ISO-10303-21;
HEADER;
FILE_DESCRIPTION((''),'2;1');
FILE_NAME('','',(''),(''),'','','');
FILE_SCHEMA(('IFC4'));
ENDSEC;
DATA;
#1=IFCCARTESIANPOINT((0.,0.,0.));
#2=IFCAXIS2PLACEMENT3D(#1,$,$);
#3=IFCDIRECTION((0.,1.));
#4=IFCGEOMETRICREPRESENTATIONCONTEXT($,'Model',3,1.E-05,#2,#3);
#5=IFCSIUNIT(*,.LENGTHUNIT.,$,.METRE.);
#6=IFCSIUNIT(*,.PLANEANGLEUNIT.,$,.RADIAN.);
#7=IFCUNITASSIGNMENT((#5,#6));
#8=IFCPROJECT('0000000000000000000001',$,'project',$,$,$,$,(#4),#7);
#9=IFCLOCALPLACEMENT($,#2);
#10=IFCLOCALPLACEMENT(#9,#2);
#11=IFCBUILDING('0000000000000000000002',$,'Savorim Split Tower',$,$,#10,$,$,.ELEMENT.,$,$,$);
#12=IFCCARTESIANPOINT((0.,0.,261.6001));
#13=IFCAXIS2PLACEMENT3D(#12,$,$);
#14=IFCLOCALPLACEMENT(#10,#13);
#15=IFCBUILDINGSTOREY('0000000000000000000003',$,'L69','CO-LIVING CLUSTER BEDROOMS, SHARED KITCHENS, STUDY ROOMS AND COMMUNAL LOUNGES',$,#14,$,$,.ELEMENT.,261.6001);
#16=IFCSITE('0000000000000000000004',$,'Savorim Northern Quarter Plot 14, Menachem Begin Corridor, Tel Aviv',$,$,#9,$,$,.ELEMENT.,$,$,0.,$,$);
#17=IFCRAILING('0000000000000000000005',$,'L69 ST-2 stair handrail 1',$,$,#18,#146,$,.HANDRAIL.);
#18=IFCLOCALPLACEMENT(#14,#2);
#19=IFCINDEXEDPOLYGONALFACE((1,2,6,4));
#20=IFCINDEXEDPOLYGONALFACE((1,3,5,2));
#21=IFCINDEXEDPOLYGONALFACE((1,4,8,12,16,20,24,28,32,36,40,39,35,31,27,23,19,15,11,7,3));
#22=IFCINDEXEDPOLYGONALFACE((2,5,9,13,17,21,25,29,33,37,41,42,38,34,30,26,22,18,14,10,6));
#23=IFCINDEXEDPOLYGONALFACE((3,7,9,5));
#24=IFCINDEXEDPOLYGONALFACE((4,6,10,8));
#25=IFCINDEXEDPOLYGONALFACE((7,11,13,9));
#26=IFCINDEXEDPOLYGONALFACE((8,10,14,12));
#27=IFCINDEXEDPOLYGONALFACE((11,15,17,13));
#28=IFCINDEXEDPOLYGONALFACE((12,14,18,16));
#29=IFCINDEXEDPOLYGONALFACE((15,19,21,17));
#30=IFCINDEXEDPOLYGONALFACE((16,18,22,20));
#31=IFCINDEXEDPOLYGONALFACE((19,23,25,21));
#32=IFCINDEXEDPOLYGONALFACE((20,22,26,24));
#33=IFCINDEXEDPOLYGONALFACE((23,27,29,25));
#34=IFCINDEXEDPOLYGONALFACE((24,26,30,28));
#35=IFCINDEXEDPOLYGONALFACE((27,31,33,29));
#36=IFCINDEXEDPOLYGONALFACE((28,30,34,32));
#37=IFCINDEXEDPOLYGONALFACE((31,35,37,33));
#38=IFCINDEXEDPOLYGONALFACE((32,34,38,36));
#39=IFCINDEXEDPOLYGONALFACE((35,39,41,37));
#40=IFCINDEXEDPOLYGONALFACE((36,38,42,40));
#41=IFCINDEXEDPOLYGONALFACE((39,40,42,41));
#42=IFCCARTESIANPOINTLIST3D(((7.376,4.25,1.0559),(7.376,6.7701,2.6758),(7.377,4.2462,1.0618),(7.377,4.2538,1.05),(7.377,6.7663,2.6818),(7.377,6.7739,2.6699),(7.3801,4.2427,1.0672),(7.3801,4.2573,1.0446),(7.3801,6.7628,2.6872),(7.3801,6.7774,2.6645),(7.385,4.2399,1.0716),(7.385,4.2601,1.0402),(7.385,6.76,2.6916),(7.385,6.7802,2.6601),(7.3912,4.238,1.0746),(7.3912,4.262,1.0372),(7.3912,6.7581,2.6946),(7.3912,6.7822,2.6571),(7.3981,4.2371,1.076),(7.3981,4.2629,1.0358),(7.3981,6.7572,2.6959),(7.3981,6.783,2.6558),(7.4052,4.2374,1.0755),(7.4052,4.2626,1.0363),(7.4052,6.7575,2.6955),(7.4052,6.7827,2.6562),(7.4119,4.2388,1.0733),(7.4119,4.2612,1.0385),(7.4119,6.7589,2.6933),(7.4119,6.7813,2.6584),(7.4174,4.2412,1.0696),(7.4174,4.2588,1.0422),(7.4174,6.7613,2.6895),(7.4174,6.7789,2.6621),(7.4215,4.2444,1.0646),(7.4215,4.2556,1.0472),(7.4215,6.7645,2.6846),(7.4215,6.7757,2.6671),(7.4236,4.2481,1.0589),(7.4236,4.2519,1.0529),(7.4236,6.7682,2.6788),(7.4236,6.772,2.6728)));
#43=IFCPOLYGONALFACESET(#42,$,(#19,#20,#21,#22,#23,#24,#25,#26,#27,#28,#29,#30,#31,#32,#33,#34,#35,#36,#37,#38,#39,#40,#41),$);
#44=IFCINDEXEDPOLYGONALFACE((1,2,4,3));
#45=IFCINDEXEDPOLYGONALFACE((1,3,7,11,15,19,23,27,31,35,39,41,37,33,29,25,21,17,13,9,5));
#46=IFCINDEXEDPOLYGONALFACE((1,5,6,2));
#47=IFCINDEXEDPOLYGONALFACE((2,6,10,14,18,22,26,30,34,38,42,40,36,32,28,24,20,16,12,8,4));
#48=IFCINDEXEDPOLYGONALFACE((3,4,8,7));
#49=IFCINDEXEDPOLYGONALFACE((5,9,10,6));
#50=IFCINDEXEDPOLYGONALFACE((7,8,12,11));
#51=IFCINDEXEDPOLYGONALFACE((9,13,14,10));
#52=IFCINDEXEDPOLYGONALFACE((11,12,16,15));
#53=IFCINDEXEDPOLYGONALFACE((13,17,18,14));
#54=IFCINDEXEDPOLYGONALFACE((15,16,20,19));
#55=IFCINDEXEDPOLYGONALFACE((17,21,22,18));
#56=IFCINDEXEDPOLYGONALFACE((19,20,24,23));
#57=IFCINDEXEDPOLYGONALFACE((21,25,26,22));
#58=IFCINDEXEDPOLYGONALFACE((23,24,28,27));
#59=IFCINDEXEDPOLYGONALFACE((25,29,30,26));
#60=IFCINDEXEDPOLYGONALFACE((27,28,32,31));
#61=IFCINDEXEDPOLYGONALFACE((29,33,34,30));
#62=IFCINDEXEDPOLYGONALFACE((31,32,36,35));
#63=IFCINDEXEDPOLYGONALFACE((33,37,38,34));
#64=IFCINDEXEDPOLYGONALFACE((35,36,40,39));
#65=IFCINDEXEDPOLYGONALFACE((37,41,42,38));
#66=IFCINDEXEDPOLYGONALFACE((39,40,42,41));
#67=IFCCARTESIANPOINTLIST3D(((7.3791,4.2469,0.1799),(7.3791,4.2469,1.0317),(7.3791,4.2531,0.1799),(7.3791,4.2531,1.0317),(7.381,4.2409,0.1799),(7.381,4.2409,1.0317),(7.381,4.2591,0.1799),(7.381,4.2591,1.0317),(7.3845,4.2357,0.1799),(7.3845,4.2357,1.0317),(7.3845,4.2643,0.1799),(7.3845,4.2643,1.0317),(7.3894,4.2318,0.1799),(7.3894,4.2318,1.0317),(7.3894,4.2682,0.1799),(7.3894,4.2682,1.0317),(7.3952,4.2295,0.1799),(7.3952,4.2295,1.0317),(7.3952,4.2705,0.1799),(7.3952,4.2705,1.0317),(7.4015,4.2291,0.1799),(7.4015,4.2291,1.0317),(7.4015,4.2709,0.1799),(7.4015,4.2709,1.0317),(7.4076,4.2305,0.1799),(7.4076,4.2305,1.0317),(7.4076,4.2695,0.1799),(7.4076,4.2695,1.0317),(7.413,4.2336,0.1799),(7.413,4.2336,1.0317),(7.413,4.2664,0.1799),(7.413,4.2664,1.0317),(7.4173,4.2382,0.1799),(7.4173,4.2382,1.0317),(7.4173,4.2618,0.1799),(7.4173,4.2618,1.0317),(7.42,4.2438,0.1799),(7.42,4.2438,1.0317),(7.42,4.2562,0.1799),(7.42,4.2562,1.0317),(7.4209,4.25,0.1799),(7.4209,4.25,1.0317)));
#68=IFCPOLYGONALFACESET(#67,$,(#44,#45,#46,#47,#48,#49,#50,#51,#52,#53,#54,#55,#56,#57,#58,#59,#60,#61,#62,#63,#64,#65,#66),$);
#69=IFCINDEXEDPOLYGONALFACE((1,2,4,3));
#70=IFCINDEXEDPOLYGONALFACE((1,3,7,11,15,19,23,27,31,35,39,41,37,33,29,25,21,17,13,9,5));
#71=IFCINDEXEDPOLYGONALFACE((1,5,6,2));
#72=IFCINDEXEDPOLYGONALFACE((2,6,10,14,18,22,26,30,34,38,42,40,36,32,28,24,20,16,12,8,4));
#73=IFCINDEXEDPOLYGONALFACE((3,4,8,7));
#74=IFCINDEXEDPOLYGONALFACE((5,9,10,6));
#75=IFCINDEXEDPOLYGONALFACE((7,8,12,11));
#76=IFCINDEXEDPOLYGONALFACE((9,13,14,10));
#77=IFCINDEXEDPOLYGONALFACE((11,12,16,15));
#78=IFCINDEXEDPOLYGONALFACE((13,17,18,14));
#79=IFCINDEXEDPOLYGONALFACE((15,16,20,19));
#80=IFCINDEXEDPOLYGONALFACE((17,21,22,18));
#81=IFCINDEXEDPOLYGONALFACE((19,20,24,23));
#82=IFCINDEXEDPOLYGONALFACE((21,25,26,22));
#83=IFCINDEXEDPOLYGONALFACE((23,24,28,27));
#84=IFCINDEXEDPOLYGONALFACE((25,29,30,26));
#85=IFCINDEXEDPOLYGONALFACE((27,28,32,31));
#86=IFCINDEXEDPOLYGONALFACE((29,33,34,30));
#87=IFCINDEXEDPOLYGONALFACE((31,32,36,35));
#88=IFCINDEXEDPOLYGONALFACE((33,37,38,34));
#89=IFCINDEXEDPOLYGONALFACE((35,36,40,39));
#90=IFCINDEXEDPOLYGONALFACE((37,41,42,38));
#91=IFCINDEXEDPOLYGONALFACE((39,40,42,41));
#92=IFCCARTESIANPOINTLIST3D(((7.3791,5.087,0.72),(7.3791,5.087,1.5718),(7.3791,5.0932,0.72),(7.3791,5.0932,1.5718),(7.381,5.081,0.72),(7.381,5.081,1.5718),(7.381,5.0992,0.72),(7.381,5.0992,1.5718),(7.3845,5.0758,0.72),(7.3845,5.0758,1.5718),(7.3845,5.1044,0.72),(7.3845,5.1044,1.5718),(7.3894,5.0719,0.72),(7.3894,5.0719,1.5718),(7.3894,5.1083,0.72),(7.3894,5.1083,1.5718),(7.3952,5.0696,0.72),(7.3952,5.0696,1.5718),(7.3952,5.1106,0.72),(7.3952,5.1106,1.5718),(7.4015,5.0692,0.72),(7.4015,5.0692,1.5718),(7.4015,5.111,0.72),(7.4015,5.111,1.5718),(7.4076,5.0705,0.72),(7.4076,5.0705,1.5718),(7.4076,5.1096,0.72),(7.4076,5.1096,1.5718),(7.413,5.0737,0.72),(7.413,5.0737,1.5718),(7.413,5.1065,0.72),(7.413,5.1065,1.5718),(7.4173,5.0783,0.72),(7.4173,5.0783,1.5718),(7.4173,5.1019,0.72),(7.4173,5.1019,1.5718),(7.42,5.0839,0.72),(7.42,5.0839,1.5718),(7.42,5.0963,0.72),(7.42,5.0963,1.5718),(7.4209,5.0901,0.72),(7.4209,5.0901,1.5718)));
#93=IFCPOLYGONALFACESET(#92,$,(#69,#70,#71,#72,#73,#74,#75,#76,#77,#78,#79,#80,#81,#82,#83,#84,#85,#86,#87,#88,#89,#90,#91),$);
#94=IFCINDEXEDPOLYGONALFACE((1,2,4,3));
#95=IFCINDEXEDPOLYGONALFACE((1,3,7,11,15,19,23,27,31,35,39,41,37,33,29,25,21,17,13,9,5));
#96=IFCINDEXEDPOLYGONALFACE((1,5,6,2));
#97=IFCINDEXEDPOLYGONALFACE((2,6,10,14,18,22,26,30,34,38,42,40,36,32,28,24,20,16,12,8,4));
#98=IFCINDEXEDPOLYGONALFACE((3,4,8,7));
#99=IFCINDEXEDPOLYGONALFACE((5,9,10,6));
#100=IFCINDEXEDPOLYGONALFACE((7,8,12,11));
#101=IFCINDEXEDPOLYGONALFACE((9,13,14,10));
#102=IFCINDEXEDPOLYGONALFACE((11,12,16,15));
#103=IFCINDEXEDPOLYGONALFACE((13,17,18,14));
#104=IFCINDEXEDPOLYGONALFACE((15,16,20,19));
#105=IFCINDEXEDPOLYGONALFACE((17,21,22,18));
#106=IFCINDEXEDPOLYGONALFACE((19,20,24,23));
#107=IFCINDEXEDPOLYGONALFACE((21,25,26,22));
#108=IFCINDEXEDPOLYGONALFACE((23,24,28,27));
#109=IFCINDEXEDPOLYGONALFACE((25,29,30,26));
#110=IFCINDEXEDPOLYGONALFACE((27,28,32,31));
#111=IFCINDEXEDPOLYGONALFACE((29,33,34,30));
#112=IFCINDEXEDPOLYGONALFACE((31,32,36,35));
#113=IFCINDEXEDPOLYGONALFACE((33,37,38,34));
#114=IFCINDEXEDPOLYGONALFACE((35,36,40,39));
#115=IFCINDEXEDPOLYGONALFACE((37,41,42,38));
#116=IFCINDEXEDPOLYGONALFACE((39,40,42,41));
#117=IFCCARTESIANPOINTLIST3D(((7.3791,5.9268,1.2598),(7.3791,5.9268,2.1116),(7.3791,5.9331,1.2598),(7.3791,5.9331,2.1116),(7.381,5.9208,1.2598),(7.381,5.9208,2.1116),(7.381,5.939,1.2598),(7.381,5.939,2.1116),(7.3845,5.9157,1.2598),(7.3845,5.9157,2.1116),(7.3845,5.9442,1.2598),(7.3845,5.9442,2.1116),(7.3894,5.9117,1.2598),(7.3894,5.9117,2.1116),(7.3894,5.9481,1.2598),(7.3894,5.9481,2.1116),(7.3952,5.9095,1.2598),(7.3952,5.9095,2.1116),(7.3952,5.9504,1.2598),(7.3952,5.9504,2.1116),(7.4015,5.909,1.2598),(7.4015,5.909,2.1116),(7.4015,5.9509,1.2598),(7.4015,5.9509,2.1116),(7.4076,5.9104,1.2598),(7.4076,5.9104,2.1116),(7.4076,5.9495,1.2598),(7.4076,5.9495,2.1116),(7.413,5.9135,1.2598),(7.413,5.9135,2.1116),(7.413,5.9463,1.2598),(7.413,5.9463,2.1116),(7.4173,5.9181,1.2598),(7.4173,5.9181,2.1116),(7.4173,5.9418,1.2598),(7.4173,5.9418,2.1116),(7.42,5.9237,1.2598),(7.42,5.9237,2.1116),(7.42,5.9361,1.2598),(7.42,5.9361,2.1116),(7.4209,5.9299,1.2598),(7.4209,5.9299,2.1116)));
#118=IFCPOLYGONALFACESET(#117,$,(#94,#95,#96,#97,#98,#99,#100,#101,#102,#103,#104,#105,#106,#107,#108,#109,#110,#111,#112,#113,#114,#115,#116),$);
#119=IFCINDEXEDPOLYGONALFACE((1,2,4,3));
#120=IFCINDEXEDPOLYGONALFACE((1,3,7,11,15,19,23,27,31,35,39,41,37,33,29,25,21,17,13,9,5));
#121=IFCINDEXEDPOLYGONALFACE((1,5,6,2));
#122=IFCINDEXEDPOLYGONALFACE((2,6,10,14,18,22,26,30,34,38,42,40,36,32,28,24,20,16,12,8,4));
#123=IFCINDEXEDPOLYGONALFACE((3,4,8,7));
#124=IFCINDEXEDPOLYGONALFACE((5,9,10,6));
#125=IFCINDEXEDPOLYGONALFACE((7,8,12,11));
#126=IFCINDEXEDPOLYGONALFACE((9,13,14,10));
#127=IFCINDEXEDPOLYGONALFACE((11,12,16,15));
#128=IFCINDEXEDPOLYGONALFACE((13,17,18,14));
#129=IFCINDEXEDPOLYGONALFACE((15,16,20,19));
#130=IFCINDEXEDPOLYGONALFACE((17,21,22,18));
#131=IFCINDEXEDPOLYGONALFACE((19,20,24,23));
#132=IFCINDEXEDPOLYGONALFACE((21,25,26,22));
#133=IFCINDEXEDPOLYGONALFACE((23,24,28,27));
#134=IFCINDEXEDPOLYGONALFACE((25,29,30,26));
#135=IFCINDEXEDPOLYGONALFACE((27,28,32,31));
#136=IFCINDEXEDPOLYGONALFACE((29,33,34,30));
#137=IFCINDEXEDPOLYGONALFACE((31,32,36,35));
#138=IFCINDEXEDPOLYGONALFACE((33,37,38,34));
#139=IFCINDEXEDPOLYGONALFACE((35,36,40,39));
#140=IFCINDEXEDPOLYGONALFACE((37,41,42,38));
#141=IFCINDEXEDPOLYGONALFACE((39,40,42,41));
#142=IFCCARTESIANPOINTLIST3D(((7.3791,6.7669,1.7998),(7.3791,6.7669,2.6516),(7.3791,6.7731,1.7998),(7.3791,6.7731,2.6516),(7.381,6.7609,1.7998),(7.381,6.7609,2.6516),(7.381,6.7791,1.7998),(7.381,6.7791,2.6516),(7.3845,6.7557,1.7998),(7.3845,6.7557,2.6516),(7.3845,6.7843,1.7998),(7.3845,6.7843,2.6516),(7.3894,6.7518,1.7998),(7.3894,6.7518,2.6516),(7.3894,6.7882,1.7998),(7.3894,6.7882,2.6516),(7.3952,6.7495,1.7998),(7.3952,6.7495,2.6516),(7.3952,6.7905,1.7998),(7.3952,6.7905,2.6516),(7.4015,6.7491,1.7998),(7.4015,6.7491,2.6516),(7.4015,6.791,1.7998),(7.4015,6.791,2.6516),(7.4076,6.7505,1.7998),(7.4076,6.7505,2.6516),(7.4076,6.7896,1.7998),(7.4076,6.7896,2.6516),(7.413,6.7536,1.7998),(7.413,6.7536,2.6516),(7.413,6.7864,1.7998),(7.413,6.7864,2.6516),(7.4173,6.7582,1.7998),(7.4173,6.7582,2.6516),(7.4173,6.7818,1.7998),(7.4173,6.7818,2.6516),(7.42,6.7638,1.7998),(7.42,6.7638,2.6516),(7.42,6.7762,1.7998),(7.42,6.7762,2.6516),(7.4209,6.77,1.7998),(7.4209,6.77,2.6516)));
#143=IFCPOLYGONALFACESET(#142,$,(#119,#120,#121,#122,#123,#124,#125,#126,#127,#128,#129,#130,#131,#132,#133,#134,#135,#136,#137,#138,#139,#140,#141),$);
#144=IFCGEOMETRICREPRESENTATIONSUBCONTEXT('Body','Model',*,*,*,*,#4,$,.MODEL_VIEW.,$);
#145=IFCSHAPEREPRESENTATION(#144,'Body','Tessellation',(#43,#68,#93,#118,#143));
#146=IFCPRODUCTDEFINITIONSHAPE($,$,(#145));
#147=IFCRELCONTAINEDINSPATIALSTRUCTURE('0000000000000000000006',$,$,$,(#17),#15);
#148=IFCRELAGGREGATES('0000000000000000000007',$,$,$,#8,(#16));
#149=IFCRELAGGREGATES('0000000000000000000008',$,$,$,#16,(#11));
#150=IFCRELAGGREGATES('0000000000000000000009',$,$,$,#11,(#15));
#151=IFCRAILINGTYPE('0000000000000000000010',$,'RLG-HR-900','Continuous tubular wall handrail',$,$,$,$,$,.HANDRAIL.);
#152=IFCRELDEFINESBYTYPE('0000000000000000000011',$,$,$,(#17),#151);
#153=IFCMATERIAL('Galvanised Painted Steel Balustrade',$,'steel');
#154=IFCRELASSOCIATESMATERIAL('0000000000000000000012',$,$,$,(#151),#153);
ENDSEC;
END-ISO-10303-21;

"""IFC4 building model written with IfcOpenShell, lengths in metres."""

from ifc_helpers import new_model, si_unit, direction, frame, origin, origin_2d, place, context, subcontext, project, spatial, circle, extrude, material, type_object, element, save


model = new_model("IFC4")

# Units and contexts
model_context = context("Model", 3, precision=1e-05, world=origin(), true_north=direction((0.0, 1.0)))
body_context = subcontext(model_context, "Body", "Model", "MODEL_VIEW")
ifc_project = project(units=[si_unit("LENGTHUNIT", "METRE"), si_unit("PLANEANGLEUNIT", "RADIAN")], contexts=[model_context])

# Site, building, storey
site_placement = place(None, origin())
site = spatial("IfcSite", under=ifc_project, at=site_placement, Name="Savorim Northern Quarter Plot 14, Menachem Begin Corridor, Tel Aviv", CompositionType="ELEMENT", RefElevation=0.0)
building_placement = place(site_placement, origin())
building = spatial("IfcBuilding", under=site, at=building_placement, Name="Savorim Split Tower", CompositionType="ELEMENT")
storey_placement = place(building_placement, frame((0.0, 0.0, 261.6001)))
storey = spatial("IfcBuildingStorey", under=building, at=storey_placement, Name="L69", Description="CO-LIVING CLUSTER BEDROOMS, SHARED KITCHENS, STUDY ROOMS AND COMMUNAL LOUNGES", CompositionType="ELEMENT", Elevation=261.6001)

# Railing
ifc_material_1 = material(Name="Galvanised Painted Steel Balustrade", Category="steel")
railing_type_1 = type_object("IfcRailingType", Name="RLG-HR-900", Description="Continuous tubular wall handrail", PredefinedType="HANDRAIL", material=ifc_material_1)
railing_1_placement = place(storey_placement, frame((7.3999, 4.25, 0.1799)))
element("IfcRailing", 1, at=railing_1_placement, inside=storey, type_object=railing_type_1, Name="L69 ST-2 stair handrail 1", PredefinedType="HANDRAIL", context=body_context, shape_type="SweptSolid", body=[
    extrude(circle(Radius=0.0239, at=origin_2d()), frame((0.0, 0.0, 0.876), z_axis=(0.0, 0.8412, 0.540725), x_axis=(-1.0, 0.0, 0.0)), (0.0, 0.0, 1.0), 2.9958),
    extrude(circle(Radius=0.021, at=origin_2d()), origin(), (0.0, 0.0, 1.0), 0.8518),
    extrude(circle(Radius=0.021, at=origin_2d()), frame((0.0, 0.8401, 0.54)), (0.0, 0.0, 1.0), 0.8518),
    extrude(circle(Radius=0.021, at=origin_2d()), frame((0.0, 1.6799, 1.0798)), (0.0, 0.0, 1.0), 0.8518),
    extrude(circle(Radius=0.021, at=origin_2d()), frame((0.0, 2.52, 1.6199)), (0.0, 0.0, 1.0), 0.8518),
])

save(model, "model.ifc")
